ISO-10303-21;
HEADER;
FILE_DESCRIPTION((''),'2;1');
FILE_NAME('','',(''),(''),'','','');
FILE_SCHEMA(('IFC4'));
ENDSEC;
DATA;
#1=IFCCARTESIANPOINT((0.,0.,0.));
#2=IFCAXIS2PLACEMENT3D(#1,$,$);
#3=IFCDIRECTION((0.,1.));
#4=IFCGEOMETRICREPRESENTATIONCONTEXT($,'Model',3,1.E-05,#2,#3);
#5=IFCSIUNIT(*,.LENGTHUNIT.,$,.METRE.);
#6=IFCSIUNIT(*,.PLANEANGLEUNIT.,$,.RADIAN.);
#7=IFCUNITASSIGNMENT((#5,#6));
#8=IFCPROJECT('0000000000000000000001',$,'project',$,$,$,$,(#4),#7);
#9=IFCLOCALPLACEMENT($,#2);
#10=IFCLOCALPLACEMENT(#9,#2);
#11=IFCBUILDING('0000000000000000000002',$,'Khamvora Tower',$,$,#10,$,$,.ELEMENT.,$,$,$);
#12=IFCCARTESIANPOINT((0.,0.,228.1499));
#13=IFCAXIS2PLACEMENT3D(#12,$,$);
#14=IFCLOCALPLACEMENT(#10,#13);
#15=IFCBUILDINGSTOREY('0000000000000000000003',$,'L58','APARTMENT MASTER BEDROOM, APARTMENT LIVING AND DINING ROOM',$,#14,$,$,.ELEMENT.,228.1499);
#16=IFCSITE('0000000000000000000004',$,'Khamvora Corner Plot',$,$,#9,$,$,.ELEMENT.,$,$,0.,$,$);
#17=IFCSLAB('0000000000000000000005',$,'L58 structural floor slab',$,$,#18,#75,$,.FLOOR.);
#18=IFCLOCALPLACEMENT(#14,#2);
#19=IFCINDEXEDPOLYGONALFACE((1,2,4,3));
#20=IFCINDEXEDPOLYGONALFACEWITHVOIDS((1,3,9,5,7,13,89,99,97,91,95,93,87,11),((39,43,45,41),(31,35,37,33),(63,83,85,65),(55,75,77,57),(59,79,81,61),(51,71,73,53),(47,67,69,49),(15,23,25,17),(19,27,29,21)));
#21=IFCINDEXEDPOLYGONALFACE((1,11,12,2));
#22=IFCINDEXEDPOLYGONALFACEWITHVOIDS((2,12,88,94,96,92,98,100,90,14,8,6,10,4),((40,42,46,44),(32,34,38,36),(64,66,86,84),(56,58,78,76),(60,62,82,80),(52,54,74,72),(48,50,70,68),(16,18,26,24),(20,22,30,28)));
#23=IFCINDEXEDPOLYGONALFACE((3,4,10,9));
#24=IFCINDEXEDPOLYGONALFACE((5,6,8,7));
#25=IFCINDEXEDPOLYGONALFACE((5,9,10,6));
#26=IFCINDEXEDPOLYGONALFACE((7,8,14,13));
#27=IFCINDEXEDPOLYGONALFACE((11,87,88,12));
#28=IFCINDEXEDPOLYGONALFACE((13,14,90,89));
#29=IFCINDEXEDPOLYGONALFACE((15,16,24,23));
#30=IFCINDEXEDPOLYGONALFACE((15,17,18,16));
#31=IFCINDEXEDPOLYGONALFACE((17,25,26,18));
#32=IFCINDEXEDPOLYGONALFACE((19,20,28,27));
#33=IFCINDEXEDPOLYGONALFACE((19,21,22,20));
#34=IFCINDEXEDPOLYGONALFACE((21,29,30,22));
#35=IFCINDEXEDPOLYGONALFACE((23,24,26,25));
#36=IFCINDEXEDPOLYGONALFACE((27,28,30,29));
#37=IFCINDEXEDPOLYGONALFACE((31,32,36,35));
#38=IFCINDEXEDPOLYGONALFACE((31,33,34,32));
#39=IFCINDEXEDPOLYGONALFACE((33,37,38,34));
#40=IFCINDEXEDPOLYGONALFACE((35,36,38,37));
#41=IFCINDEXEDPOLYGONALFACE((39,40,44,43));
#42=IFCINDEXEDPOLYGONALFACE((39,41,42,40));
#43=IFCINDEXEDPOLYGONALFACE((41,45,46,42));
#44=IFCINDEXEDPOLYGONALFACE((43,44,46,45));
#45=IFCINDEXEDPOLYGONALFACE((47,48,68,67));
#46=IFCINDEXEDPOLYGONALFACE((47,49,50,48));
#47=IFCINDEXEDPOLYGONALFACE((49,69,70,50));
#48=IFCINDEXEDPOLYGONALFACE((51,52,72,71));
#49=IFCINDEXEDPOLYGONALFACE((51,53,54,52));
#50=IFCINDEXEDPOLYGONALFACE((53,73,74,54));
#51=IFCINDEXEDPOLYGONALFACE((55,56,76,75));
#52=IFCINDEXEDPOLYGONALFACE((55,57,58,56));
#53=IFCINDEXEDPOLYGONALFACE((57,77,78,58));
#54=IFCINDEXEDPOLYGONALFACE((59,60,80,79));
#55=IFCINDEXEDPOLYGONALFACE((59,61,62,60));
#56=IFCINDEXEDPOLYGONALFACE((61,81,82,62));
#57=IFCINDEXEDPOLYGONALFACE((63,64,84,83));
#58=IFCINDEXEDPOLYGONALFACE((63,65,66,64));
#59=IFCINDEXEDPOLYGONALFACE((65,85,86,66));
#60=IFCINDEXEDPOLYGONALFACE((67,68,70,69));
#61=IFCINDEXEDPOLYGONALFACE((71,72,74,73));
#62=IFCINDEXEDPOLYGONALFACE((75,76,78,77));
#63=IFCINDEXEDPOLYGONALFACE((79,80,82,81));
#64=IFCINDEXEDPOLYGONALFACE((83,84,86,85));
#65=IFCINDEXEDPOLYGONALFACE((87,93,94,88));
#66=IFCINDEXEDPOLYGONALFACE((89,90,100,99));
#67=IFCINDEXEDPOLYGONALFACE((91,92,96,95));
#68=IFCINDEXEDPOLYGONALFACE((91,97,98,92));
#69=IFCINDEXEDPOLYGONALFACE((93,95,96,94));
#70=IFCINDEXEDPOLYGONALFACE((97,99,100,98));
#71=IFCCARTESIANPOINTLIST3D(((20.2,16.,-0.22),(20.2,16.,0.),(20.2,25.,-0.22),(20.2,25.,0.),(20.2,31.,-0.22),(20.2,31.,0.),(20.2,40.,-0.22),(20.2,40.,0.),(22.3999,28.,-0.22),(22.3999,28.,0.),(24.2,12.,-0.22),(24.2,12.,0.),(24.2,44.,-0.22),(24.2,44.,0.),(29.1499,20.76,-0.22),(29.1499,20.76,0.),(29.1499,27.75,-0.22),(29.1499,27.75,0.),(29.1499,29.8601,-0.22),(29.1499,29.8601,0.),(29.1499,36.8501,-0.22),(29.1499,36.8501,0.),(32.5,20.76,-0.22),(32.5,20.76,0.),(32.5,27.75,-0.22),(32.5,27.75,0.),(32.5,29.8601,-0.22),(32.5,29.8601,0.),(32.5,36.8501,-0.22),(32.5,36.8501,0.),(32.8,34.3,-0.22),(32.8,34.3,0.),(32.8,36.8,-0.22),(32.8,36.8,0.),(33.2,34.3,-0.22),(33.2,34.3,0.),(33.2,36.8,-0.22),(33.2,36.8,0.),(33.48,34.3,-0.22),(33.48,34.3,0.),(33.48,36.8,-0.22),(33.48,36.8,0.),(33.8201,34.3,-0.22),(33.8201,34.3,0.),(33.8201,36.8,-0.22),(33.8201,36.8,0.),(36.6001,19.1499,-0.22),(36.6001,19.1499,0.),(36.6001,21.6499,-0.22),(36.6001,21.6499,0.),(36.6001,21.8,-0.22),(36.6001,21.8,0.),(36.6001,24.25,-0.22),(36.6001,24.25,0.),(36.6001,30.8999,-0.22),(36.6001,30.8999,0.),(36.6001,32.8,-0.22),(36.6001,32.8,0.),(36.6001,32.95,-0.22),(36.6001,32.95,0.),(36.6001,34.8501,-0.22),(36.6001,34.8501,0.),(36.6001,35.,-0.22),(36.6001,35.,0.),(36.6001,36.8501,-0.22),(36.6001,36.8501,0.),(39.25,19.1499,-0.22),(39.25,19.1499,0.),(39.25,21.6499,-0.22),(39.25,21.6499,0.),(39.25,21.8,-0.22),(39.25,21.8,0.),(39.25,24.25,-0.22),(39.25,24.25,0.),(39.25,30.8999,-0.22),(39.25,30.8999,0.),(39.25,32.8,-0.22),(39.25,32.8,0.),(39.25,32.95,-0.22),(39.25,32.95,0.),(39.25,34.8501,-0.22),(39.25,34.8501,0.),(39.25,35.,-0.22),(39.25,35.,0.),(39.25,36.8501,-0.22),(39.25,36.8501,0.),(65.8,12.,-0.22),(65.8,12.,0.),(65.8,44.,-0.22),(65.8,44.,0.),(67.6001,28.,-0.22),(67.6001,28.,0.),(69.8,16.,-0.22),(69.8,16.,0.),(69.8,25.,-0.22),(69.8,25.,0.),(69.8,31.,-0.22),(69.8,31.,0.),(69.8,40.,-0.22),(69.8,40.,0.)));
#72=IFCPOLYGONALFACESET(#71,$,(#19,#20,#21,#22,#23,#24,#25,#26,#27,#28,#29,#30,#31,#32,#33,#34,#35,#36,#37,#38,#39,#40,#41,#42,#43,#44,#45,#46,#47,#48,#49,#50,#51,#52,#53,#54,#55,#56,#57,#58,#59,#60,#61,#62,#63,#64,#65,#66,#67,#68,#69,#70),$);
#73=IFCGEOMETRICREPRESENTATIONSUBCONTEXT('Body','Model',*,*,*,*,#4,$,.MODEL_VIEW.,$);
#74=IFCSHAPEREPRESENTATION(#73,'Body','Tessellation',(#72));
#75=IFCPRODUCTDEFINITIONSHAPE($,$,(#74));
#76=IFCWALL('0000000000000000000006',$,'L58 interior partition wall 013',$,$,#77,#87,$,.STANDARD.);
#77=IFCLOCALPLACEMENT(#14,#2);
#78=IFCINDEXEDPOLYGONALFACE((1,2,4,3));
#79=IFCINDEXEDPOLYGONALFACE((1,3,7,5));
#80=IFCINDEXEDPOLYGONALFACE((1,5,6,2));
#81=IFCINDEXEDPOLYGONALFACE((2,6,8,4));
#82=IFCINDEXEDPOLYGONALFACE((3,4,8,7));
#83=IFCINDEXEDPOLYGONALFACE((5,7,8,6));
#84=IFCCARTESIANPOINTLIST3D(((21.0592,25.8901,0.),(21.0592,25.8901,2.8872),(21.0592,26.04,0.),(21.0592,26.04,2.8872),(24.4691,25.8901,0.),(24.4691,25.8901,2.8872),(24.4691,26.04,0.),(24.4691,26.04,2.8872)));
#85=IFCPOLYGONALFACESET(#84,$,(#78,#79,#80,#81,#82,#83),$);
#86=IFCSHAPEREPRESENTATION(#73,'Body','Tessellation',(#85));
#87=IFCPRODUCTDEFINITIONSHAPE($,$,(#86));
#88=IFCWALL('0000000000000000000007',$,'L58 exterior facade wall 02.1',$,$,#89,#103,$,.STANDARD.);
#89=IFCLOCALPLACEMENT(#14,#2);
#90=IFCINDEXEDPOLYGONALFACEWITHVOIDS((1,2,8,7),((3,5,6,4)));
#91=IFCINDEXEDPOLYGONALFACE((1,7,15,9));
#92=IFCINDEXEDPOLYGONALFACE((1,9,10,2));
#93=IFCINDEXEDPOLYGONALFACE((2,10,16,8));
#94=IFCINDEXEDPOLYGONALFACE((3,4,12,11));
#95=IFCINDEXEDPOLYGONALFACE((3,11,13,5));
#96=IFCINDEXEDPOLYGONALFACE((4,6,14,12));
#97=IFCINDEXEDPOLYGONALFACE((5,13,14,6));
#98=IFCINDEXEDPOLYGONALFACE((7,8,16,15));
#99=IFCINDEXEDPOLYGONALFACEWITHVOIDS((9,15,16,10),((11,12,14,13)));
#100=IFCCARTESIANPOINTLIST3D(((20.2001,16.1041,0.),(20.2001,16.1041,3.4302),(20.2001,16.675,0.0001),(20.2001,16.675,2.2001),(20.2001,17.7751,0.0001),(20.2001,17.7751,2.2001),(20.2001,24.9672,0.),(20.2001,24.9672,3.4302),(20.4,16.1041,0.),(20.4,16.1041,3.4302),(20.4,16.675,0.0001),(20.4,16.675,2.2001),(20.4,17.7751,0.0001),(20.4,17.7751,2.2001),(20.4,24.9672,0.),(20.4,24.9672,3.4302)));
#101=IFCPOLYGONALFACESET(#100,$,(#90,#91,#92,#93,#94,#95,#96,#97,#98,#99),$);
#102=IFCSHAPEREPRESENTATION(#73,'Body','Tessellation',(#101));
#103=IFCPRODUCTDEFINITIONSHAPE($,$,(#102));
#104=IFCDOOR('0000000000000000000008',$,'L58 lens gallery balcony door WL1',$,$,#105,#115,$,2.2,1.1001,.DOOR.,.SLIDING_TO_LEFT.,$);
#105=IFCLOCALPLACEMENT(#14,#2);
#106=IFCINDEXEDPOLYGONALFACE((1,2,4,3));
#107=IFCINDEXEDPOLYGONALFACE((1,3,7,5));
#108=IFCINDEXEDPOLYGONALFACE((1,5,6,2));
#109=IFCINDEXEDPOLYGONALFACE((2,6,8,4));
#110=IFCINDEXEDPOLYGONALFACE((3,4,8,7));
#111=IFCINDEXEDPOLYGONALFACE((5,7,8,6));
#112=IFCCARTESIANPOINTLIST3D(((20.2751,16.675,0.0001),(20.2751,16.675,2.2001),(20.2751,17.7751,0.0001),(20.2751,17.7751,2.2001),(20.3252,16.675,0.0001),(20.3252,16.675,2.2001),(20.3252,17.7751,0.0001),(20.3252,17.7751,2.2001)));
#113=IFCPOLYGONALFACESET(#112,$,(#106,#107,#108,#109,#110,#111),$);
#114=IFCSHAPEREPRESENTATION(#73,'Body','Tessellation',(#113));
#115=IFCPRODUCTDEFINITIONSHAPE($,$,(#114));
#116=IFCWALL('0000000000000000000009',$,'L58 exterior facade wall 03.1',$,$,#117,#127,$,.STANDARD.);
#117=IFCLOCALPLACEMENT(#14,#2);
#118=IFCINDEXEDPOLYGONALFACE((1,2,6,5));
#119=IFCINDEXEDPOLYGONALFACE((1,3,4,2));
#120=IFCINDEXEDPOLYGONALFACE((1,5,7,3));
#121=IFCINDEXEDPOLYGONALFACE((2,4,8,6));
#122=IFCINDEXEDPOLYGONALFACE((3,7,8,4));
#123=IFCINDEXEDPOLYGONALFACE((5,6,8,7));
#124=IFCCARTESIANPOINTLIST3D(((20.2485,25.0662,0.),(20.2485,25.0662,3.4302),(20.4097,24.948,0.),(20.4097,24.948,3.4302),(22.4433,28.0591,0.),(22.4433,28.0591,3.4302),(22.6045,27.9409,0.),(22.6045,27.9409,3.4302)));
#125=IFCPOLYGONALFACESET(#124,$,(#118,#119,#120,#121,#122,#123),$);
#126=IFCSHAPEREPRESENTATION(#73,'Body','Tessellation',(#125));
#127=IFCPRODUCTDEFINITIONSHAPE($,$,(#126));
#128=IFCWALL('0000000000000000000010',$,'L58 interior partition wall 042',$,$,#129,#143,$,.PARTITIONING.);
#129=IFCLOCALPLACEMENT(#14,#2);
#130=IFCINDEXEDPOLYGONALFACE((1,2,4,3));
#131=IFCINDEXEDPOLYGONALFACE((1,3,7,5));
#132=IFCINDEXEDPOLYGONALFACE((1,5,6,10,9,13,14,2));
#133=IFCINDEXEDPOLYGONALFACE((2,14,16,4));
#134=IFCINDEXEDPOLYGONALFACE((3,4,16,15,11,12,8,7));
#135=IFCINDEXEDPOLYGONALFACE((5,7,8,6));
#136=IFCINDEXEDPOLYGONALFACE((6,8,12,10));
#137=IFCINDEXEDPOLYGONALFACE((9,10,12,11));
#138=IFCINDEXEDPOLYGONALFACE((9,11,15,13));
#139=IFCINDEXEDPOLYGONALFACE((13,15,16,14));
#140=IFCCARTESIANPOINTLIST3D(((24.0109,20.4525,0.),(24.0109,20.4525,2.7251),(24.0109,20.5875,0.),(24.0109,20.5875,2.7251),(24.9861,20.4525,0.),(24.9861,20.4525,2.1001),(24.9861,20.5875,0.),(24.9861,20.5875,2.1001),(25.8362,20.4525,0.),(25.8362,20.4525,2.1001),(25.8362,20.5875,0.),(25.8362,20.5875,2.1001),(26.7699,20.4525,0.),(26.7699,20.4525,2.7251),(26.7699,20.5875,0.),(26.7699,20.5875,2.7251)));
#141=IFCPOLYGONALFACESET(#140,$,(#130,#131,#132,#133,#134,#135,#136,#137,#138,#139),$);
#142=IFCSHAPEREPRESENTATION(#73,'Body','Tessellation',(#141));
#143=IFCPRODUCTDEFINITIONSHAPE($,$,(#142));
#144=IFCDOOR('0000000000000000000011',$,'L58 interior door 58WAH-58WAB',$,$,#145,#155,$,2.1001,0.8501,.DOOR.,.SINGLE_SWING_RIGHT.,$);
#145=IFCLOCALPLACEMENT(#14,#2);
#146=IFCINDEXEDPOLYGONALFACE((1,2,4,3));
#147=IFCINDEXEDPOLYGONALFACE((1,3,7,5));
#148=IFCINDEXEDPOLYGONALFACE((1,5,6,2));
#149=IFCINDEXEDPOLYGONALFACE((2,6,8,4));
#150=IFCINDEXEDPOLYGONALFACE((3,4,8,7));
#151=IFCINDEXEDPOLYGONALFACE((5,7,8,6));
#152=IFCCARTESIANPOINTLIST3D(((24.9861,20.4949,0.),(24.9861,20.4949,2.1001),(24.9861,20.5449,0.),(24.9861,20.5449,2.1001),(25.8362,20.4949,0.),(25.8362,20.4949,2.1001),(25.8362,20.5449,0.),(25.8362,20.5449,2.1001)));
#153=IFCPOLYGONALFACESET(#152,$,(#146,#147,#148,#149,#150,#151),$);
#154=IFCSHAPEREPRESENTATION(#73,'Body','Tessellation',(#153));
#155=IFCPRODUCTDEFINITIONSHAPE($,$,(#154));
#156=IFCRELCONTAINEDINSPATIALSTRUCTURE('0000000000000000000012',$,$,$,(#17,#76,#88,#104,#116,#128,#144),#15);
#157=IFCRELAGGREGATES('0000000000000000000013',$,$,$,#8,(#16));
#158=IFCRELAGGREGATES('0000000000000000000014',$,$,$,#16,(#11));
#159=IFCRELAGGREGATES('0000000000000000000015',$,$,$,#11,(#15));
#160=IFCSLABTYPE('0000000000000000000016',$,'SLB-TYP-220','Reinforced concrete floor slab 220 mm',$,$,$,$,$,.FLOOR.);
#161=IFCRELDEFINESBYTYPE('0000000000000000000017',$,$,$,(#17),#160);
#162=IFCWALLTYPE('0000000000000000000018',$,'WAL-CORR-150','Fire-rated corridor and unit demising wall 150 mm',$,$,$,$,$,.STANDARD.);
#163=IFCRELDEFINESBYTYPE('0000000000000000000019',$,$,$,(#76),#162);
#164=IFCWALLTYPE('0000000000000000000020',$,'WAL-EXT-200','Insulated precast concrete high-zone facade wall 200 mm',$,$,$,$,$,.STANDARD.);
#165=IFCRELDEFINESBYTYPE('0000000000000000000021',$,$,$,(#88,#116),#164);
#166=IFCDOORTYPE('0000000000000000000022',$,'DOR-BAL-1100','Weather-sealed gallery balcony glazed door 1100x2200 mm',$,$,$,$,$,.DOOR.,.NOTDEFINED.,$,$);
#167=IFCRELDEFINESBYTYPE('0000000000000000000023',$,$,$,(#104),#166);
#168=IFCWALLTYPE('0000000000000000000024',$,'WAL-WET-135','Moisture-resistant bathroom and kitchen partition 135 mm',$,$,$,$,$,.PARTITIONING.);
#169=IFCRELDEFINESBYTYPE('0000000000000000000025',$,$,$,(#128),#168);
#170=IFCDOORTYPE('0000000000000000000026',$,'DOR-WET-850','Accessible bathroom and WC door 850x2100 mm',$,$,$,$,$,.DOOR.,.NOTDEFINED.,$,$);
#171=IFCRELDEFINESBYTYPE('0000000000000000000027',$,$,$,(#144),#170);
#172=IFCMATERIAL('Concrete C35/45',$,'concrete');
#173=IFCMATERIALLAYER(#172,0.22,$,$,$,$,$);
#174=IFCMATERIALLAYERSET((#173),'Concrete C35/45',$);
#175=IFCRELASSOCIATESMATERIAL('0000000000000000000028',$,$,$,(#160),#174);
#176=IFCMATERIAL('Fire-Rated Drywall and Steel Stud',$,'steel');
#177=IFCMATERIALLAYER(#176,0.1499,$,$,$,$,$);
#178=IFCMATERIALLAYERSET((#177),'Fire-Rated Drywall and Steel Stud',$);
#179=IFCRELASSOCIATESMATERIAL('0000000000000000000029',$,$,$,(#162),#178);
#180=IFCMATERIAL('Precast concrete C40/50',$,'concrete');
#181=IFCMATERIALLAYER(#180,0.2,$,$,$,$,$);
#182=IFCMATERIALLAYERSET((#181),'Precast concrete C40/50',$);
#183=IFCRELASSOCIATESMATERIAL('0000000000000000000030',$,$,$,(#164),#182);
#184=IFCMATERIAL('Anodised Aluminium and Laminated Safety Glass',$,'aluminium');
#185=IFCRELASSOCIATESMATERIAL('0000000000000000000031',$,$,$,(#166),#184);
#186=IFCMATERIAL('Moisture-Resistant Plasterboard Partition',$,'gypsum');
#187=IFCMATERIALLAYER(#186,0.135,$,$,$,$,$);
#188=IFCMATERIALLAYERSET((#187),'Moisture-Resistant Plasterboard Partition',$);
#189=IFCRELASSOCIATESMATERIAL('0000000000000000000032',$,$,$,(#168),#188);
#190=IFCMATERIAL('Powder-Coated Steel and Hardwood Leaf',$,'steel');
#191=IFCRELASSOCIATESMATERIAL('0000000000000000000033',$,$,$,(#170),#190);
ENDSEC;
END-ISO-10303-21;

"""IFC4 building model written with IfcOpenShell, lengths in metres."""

from ifc_helpers import new_model, si_unit, direction, frame, frame_2d, origin, place, context, subcontext, project, spatial, polyline, rectangle, outline, extrude, material, layer, layer_set, type_object, element, fill, save


model = new_model("IFC4")

# Units and contexts
model_context = context("Model", 3, precision=1e-05, world=origin(), true_north=direction((0.0, 1.0)))
body_context = subcontext(model_context, "Body", "Model", "MODEL_VIEW")
ifc_project = project(units=[si_unit("LENGTHUNIT", "METRE"), si_unit("PLANEANGLEUNIT", "RADIAN")], contexts=[model_context])

# Site, building, storey
site_placement = place(None, origin())
site = spatial("IfcSite", under=ifc_project, at=site_placement, Name="Khamvora Corner Plot", CompositionType="ELEMENT", RefElevation=0.0)
building_placement = place(site_placement, origin())
building = spatial("IfcBuilding", under=site, at=building_placement, Name="Khamvora Tower", CompositionType="ELEMENT")
storey_placement = place(building_placement, frame((0.0, 0.0, 228.1499)))
storey = spatial("IfcBuildingStorey", under=building, at=storey_placement, Name="L58", Description="APARTMENT MASTER BEDROOM, APARTMENT LIVING AND DINING ROOM", CompositionType="ELEMENT", Elevation=228.1499)

# Slab
ifc_material_1 = material(Name="Concrete C35/45", Category="concrete")
ifc_layer_1 = layer(ifc_material_1, 0.22)
ifc_layer_set_1 = layer_set([ifc_layer_1], Name="Concrete C35/45")
slab_type_1 = type_object("IfcSlabType", Name="SLB-TYP-220", Description="Reinforced concrete floor slab 220 mm", PredefinedType="FLOOR", material=ifc_layer_set_1)
slab_1_placement = place(storey_placement, frame((0.0, 0.0, -0.22)))
element("IfcSlab", 1, at=slab_1_placement, inside=storey, type_object=slab_type_1, Name="L58 structural floor slab", PredefinedType="FLOOR", context=body_context, shape_type="SweptSolid", body=[
    extrude(outline(polyline([(24.2, 12.0), (65.8, 12.0), (69.8, 16.0), (69.8, 25.0), (67.6001, 28.0), (69.8, 31.0), (69.8, 40.0), (65.8, 44.0), (24.2, 44.0), (20.2, 40.0), (20.2, 31.0), (22.3999, 28.0), (20.2, 25.0), (20.2, 16.0), (24.2, 12.0)]), holes=[polyline([(32.5, 20.76), (32.5, 27.75), (29.1499, 27.75), (29.1499, 20.76), (32.5, 20.76)]), polyline([(32.5, 29.8601), (32.5, 36.8501), (29.1499, 36.8501), (29.1499, 29.8601), (32.5, 29.8601)]), polyline([(36.6001, 19.1499), (39.25, 19.1499), (39.25, 21.6499), (36.6001, 21.6499), (36.6001, 19.1499)]), polyline([(36.6001, 21.8), (39.25, 21.8), (39.25, 24.25), (36.6001, 24.25), (36.6001, 21.8)]), polyline([(36.6001, 30.8999), (39.25, 30.8999), (39.25, 32.8), (36.6001, 32.8), (36.6001, 30.8999)]), polyline([(36.6001, 32.95), (39.25, 32.95), (39.25, 34.8501), (36.6001, 34.8501), (36.6001, 32.95)]), polyline([(36.6001, 35.0), (39.25, 35.0), (39.25, 36.8501), (36.6001, 36.8501), (36.6001, 35.0)]), polyline([(32.8, 34.3), (33.2, 34.3), (33.2, 36.8), (32.8, 36.8), (32.8, 34.3)]), polyline([(33.48, 34.3), (33.8201, 34.3), (33.8201, 36.8), (33.48, 36.8), (33.48, 34.3)])]), origin(), (0.0, 0.0, 1.0), 0.22),
])

# Wall
ifc_material_2 = material(Name="Fire-Rated Drywall and Steel Stud", Category="steel")
ifc_layer_2 = layer(ifc_material_2, 0.1499)
ifc_layer_set_2 = layer_set([ifc_layer_2], Name="Fire-Rated Drywall and Steel Stud")
wall_type_1 = type_object("IfcWallType", Name="WAL-CORR-150", Description="Fire-rated corridor and unit demising wall 150 mm", PredefinedType="STANDARD", material=ifc_layer_set_2)
wall_1_placement = place(storey_placement, frame((21.0591, 25.9651, 0.0), z_axis=(0.0, 0.0, 1.0), x_axis=(1.0, 0.0, 0.0)))
element("IfcWall", 2, at=wall_1_placement, inside=storey, type_object=wall_type_1, Name="L58 interior partition wall 013", PredefinedType="STANDARD", context=body_context, shape_type="SweptSolid", body=[
    extrude(rectangle(XDim=3.4099, YDim=0.1499, at=frame_2d((1.7051, 0.0))), origin(), (0.0, 0.0, 1.0), 2.8872),
])

# Wall, opening, door
ifc_material_3 = material(Name="Precast concrete C40/50", Category="concrete")
ifc_layer_3 = layer(ifc_material_3, 0.2)
ifc_layer_set_3 = layer_set([ifc_layer_3], Name="Precast concrete C40/50")
wall_type_2 = type_object("IfcWallType", Name="WAL-EXT-200", Description="Insulated precast concrete high-zone facade wall 200 mm", PredefinedType="STANDARD", material=ifc_layer_set_3)
wall_2_placement = place(storey_placement, frame((20.3, 16.104, 0.0), z_axis=(0.0, 0.0, 1.0), x_axis=(0.0, 1.0, 0.0)))
wall_2 = element("IfcWall", 3, at=wall_2_placement, inside=storey, type_object=wall_type_2, Name="L58 exterior facade wall 02.1", PredefinedType="STANDARD", context=body_context, shape_type="SweptSolid", body=[
    extrude(rectangle(XDim=8.863, YDim=0.2, at=frame_2d((4.4316, 0.0))), origin(), (0.0, 0.0, 1.0), 3.4302),
])
opening_1_placement = place(wall_2_placement, frame((0.571, 0.0, 0.0)))
opening_1 = element("IfcOpeningElement", 4, at=opening_1_placement, cuts=wall_2, PredefinedType="OPENING", context=body_context, shape_type="SweptSolid", body=[
    extrude(rectangle(XDim=1.1001, YDim=2.2, at=frame_2d((0.55, 1.1001))), frame((0.0, 0.1099, 0.0), z_axis=(0.0, -1.0, 0.0), x_axis=(1.0, 0.0, 0.0)), (0.0, 0.0, 1.0), 0.22),
])
ifc_material_4 = material(Name="Anodised Aluminium and Laminated Safety Glass", Category="aluminium")
door_type_1 = type_object("IfcDoorType", Name="DOR-BAL-1100", Description="Weather-sealed gallery balcony glazed door 1100x2200 mm", OperationType="NOTDEFINED", PredefinedType="DOOR", material=ifc_material_4)
door_1_placement = place(opening_1_placement, origin())
door_1 = element("IfcDoor", 5, at=door_1_placement, inside=storey, type_object=door_type_1, Name="L58 lens gallery balcony door WL1", OperationType="SLIDING_TO_LEFT", OverallHeight=2.2, OverallWidth=1.1001, PredefinedType="DOOR", context=body_context, shape_type="SweptSolid", body=[
    extrude(rectangle(XDim=1.1001, YDim=2.2, at=frame_2d((0.55, 1.1001))), frame((0.0, 0.0249, 0.0), z_axis=(0.0, -1.0, 0.0), x_axis=(1.0, 0.0, 0.0)), (0.0, 0.0, 1.0), 0.05),
])
fill(opening_1, door_1)

# Wall
wall_3_placement = place(storey_placement, frame((20.3291, 25.0071, 0.0), z_axis=(0.0, 0.0, 1.0), x_axis=(0.591367, 0.806403, 0.0)))
element("IfcWall", 6, at=wall_3_placement, inside=storey, type_object=wall_type_2, Name="L58 exterior facade wall 03.1", PredefinedType="STANDARD", context=body_context, shape_type="SweptSolid", body=[
    extrude(rectangle(XDim=3.7114, YDim=0.2, at=frame_2d((1.8557, 0.0))), origin(), (0.0, 0.0, 1.0), 3.4302),
])

# Wall, opening, door
ifc_material_5 = material(Name="Moisture-Resistant Plasterboard Partition", Category="gypsum")
ifc_layer_4 = layer(ifc_material_5, 0.135)
ifc_layer_set_4 = layer_set([ifc_layer_4], Name="Moisture-Resistant Plasterboard Partition")
wall_type_3 = type_object("IfcWallType", Name="WAL-WET-135", Description="Moisture-resistant bathroom and kitchen partition 135 mm", PredefinedType="PARTITIONING", material=ifc_layer_set_4)
wall_4_placement = place(storey_placement, frame((24.011, 20.52, 0.0), z_axis=(0.0, 0.0, 1.0), x_axis=(1.0, 0.0, 0.0)))
wall_4 = element("IfcWall", 7, at=wall_4_placement, inside=storey, type_object=wall_type_3, Name="L58 interior partition wall 042", PredefinedType="PARTITIONING", context=body_context, shape_type="SweptSolid", body=[
    extrude(rectangle(XDim=2.759, YDim=0.135, at=frame_2d((1.3794, 0.0))), origin(), (0.0, 0.0, 1.0), 2.7251),
])
opening_2_placement = place(wall_4_placement, frame((0.9751, 0.0, 0.0)))
opening_2 = element("IfcOpeningElement", 8, at=opening_2_placement, cuts=wall_4, PredefinedType="OPENING", context=body_context, shape_type="SweptSolid", body=[
    extrude(rectangle(XDim=0.8501, YDim=2.1001, at=frame_2d((0.425, 1.05))), frame((0.0, 0.0774, 0.0), z_axis=(0.0, -1.0, 0.0), x_axis=(1.0, 0.0, 0.0)), (0.0, 0.0, 1.0), 0.155),
])
ifc_material_6 = material(Name="Powder-Coated Steel and Hardwood Leaf", Category="steel")
door_type_2 = type_object("IfcDoorType", Name="DOR-WET-850", Description="Accessible bathroom and WC door 850x2100 mm", OperationType="NOTDEFINED", PredefinedType="DOOR", material=ifc_material_6)
door_2_placement = place(opening_2_placement, origin())
door_2 = element("IfcDoor", 9, at=door_2_placement, inside=storey, type_object=door_type_2, Name="L58 interior door 58WAH-58WAB", OperationType="SINGLE_SWING_RIGHT", OverallHeight=2.1001, OverallWidth=0.8501, PredefinedType="DOOR", context=body_context, shape_type="SweptSolid", body=[
    extrude(rectangle(XDim=0.8501, YDim=2.1001, at=frame_2d((0.425, 1.05))), frame((0.0, 0.0249, 0.0), z_axis=(0.0, -1.0, 0.0), x_axis=(1.0, 0.0, 0.0)), (0.0, 0.0, 1.0), 0.05),
])
fill(opening_2, door_2)

save(model, "model.ifc")
